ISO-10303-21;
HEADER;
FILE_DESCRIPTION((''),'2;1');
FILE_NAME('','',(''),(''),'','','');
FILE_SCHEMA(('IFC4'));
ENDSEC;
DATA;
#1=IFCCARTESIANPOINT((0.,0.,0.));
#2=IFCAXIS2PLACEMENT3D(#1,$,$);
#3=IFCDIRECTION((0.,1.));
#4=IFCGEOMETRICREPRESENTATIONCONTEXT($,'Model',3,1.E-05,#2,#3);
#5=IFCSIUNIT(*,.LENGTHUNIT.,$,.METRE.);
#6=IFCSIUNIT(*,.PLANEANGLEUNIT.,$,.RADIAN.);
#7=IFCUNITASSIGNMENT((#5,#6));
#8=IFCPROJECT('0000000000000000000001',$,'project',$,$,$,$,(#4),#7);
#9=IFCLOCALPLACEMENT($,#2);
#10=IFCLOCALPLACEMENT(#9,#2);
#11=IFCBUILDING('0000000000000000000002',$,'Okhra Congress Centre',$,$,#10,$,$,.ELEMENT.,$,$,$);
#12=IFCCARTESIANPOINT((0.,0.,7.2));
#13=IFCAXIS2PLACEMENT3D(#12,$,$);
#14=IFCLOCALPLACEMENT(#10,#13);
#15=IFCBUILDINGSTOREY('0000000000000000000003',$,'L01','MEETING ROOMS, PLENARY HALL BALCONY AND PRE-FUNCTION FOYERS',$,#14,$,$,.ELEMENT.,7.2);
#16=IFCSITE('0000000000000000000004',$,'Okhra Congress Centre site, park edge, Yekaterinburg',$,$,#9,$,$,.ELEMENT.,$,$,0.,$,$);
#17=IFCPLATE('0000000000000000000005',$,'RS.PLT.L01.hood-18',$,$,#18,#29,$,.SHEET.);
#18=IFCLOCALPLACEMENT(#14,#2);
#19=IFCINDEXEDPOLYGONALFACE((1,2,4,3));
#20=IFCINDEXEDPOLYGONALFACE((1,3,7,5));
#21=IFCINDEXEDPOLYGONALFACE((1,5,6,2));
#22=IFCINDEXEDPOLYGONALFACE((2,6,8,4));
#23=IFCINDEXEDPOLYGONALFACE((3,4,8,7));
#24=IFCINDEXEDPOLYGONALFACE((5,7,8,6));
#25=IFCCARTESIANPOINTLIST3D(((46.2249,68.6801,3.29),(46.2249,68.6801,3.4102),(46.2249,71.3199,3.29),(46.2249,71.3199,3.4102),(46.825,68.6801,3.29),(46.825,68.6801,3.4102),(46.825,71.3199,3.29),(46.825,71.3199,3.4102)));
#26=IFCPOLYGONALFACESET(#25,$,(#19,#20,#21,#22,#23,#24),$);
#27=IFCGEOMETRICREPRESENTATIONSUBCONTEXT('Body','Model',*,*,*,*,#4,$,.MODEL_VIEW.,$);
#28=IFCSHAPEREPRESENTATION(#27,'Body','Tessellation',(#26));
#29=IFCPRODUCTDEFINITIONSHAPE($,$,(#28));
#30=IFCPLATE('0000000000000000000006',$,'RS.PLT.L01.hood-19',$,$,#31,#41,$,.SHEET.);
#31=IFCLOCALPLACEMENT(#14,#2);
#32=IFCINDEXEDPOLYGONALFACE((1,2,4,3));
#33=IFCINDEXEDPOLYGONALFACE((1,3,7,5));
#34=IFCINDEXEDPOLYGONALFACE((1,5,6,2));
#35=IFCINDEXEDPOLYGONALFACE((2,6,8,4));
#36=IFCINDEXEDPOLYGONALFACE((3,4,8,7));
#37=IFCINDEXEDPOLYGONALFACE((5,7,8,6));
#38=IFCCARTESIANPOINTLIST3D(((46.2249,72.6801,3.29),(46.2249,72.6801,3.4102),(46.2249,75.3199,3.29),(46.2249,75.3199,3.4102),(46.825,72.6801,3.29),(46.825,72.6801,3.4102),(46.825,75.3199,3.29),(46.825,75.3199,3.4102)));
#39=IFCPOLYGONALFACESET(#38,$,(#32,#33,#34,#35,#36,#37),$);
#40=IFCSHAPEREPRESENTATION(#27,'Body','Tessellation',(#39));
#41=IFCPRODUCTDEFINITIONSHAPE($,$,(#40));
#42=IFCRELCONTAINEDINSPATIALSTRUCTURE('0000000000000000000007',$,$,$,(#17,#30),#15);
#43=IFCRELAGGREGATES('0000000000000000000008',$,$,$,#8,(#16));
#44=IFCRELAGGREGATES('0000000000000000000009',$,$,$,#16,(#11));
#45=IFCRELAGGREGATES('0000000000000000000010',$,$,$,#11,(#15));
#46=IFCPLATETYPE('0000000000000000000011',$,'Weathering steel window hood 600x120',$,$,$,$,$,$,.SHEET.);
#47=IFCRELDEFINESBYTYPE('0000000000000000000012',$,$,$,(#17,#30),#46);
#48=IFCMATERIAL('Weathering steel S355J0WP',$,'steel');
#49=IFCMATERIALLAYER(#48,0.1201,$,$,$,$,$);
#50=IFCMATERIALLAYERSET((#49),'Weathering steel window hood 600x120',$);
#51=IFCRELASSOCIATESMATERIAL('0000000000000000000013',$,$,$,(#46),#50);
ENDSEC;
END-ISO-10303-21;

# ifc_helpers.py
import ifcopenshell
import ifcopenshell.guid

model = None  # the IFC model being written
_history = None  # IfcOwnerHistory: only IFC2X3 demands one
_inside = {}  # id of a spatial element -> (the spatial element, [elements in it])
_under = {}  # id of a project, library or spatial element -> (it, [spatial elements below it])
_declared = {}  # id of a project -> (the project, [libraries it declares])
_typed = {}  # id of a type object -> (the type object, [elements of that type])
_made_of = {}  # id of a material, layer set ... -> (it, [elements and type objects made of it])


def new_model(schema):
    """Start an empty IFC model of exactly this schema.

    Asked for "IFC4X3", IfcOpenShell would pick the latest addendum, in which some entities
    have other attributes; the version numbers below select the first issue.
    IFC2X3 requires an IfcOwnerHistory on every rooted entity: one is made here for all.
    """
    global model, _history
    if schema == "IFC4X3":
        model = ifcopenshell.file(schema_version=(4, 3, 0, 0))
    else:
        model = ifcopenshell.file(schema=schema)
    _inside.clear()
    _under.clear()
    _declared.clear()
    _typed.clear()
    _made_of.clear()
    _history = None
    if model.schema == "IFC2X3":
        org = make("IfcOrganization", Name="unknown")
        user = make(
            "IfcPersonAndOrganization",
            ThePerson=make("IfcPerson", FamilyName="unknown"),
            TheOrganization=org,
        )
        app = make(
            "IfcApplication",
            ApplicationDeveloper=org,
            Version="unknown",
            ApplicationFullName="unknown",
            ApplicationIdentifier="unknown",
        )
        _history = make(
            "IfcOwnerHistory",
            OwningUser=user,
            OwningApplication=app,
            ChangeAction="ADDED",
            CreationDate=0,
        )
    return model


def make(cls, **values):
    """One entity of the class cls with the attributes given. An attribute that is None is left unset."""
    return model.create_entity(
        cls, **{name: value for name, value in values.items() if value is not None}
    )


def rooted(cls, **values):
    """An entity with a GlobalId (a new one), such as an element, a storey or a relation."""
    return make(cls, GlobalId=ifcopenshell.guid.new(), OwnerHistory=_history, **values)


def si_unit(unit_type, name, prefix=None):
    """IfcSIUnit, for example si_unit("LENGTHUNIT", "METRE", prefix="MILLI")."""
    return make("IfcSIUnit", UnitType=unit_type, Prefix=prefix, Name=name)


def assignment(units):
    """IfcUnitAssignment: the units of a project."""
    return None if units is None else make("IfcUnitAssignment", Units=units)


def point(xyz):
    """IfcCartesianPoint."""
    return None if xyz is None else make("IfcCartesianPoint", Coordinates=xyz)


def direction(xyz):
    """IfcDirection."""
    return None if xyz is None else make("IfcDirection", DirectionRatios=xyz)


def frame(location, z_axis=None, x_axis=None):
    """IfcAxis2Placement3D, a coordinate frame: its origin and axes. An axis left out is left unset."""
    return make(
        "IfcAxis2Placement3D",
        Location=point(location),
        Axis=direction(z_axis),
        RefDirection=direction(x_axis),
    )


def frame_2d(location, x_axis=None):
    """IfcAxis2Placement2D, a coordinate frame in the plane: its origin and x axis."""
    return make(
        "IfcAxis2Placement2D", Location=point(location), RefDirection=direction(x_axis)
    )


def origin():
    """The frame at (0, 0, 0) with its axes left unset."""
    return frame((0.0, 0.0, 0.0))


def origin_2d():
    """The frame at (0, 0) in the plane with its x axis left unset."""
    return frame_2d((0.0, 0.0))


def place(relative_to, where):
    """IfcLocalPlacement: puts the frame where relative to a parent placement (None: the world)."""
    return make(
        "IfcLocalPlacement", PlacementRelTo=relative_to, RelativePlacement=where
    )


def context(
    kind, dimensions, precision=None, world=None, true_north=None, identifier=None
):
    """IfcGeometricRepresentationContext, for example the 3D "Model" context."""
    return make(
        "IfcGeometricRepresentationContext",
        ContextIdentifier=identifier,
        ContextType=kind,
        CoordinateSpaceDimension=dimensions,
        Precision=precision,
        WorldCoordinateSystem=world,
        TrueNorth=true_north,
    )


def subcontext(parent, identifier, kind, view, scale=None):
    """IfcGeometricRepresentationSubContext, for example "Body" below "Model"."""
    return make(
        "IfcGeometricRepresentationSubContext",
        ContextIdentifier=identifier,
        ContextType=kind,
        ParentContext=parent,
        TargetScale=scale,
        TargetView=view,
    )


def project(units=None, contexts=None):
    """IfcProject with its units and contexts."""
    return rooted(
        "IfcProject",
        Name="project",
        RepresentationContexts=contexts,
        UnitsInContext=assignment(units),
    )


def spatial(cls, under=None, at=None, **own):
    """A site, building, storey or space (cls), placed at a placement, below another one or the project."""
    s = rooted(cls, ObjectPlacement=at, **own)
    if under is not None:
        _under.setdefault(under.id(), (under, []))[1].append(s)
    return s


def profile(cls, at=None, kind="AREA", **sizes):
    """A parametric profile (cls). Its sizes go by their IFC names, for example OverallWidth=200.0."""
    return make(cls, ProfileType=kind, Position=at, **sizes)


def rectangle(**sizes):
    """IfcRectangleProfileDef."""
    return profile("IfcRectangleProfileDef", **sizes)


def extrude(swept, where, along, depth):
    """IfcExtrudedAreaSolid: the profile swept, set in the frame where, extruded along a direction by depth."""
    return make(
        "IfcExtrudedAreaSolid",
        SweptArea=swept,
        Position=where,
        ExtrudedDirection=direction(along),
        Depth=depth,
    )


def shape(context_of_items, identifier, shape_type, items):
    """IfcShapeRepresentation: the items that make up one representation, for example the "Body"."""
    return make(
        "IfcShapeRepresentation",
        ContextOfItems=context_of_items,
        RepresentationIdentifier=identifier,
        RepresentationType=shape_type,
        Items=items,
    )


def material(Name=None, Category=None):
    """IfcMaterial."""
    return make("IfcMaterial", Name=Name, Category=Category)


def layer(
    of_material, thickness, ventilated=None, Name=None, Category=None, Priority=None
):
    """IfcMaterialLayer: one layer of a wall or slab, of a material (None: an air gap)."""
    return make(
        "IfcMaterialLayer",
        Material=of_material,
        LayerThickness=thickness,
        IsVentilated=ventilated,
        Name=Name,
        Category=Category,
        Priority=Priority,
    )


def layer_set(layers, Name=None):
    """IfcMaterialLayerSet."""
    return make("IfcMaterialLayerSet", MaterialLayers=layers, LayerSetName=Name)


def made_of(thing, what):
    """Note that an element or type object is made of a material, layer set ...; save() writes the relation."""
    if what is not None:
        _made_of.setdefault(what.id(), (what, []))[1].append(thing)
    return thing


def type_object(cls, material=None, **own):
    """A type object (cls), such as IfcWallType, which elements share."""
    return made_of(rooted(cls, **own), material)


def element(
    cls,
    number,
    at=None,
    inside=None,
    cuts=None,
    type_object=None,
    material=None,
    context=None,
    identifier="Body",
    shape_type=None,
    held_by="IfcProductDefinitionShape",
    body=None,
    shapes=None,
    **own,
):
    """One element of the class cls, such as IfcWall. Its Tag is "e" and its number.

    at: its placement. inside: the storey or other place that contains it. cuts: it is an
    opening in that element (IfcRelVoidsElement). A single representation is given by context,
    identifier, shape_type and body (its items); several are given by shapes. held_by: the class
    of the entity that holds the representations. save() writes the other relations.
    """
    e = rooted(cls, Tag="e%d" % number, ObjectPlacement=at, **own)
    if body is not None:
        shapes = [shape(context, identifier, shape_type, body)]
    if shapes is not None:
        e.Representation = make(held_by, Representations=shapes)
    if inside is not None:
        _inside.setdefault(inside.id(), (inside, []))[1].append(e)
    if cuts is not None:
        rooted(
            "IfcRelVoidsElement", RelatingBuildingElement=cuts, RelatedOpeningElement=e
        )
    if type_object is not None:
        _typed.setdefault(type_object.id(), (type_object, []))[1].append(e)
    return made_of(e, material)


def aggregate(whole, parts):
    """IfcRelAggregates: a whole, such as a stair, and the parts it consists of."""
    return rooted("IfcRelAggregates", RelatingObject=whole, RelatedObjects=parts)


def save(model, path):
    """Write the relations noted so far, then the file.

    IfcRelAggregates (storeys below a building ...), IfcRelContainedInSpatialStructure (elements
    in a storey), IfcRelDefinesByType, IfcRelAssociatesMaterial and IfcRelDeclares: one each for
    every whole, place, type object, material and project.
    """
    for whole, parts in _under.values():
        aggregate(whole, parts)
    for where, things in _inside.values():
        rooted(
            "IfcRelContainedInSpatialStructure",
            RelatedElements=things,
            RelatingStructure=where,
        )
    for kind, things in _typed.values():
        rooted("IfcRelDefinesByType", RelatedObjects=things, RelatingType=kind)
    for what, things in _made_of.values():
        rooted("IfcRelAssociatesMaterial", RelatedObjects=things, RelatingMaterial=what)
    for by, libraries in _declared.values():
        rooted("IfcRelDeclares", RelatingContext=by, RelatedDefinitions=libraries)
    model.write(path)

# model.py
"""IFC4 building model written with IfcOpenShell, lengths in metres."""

from ifc_helpers import new_model, si_unit, direction, frame, origin, origin_2d, place, context, subcontext, project, spatial, rectangle, extrude, material, layer, layer_set, type_object, element, save


model = new_model("IFC4")

# Units and contexts
model_context = context("Model", 3, precision=1e-05, world=origin(), true_north=direction((0.0, 1.0)))
body_context = subcontext(model_context, "Body", "Model", "MODEL_VIEW")
ifc_project = project(units=[si_unit("LENGTHUNIT", "METRE"), si_unit("PLANEANGLEUNIT", "RADIAN")], contexts=[model_context])

# Site, building, storey
site_placement = place(None, origin())
site = spatial("IfcSite", under=ifc_project, at=site_placement, Name="Okhra Congress Centre site, park edge, Yekaterinburg", CompositionType="ELEMENT", RefElevation=0.0)
building_placement = place(site_placement, origin())
building = spatial("IfcBuilding", under=site, at=building_placement, Name="Okhra Congress Centre", CompositionType="ELEMENT")
storey_placement = place(building_placement, frame((0.0, 0.0, 7.2)))
storey = spatial("IfcBuildingStorey", under=building, at=storey_placement, Name="L01", Description="MEETING ROOMS, PLENARY HALL BALCONY AND PRE-FUNCTION FOYERS", CompositionType="ELEMENT", Elevation=7.2)

# Plates
ifc_material_1 = material(Name="Weathering steel S355J0WP", Category="steel")
ifc_layer_1 = layer(ifc_material_1, 0.1201)
ifc_layer_set_1 = layer_set([ifc_layer_1], Name="Weathering steel window hood 600x120")
plate_type_1 = type_object("IfcPlateType", Name="Weathering steel window hood 600x120", PredefinedType="SHEET", material=ifc_layer_set_1)
for number, where, z_axis, x_axis, name in (
    (1, (46.5249, 70.0, 3.29), (0.0, 0.0, 1.0), (0.0, 1.0, 0.0), "RS.PLT.L01.hood-18"),
    (2, (46.5249, 74.0, 3.29), (0.0, 0.0, 1.0), (0.0, 1.0, 0.0), "RS.PLT.L01.hood-19"),
):
    element("IfcPlate", number, at=place(storey_placement, frame(where, z_axis=z_axis, x_axis=x_axis)), inside=storey, type_object=plate_type_1, Name=name, PredefinedType="SHEET", context=body_context, shape_type="SweptSolid", body=[
        extrude(rectangle(XDim=2.6399, YDim=0.6001, at=origin_2d()), origin(), (0.0, 0.0, 1.0), 0.1201),
    ])

save(model, "model.ifc")
